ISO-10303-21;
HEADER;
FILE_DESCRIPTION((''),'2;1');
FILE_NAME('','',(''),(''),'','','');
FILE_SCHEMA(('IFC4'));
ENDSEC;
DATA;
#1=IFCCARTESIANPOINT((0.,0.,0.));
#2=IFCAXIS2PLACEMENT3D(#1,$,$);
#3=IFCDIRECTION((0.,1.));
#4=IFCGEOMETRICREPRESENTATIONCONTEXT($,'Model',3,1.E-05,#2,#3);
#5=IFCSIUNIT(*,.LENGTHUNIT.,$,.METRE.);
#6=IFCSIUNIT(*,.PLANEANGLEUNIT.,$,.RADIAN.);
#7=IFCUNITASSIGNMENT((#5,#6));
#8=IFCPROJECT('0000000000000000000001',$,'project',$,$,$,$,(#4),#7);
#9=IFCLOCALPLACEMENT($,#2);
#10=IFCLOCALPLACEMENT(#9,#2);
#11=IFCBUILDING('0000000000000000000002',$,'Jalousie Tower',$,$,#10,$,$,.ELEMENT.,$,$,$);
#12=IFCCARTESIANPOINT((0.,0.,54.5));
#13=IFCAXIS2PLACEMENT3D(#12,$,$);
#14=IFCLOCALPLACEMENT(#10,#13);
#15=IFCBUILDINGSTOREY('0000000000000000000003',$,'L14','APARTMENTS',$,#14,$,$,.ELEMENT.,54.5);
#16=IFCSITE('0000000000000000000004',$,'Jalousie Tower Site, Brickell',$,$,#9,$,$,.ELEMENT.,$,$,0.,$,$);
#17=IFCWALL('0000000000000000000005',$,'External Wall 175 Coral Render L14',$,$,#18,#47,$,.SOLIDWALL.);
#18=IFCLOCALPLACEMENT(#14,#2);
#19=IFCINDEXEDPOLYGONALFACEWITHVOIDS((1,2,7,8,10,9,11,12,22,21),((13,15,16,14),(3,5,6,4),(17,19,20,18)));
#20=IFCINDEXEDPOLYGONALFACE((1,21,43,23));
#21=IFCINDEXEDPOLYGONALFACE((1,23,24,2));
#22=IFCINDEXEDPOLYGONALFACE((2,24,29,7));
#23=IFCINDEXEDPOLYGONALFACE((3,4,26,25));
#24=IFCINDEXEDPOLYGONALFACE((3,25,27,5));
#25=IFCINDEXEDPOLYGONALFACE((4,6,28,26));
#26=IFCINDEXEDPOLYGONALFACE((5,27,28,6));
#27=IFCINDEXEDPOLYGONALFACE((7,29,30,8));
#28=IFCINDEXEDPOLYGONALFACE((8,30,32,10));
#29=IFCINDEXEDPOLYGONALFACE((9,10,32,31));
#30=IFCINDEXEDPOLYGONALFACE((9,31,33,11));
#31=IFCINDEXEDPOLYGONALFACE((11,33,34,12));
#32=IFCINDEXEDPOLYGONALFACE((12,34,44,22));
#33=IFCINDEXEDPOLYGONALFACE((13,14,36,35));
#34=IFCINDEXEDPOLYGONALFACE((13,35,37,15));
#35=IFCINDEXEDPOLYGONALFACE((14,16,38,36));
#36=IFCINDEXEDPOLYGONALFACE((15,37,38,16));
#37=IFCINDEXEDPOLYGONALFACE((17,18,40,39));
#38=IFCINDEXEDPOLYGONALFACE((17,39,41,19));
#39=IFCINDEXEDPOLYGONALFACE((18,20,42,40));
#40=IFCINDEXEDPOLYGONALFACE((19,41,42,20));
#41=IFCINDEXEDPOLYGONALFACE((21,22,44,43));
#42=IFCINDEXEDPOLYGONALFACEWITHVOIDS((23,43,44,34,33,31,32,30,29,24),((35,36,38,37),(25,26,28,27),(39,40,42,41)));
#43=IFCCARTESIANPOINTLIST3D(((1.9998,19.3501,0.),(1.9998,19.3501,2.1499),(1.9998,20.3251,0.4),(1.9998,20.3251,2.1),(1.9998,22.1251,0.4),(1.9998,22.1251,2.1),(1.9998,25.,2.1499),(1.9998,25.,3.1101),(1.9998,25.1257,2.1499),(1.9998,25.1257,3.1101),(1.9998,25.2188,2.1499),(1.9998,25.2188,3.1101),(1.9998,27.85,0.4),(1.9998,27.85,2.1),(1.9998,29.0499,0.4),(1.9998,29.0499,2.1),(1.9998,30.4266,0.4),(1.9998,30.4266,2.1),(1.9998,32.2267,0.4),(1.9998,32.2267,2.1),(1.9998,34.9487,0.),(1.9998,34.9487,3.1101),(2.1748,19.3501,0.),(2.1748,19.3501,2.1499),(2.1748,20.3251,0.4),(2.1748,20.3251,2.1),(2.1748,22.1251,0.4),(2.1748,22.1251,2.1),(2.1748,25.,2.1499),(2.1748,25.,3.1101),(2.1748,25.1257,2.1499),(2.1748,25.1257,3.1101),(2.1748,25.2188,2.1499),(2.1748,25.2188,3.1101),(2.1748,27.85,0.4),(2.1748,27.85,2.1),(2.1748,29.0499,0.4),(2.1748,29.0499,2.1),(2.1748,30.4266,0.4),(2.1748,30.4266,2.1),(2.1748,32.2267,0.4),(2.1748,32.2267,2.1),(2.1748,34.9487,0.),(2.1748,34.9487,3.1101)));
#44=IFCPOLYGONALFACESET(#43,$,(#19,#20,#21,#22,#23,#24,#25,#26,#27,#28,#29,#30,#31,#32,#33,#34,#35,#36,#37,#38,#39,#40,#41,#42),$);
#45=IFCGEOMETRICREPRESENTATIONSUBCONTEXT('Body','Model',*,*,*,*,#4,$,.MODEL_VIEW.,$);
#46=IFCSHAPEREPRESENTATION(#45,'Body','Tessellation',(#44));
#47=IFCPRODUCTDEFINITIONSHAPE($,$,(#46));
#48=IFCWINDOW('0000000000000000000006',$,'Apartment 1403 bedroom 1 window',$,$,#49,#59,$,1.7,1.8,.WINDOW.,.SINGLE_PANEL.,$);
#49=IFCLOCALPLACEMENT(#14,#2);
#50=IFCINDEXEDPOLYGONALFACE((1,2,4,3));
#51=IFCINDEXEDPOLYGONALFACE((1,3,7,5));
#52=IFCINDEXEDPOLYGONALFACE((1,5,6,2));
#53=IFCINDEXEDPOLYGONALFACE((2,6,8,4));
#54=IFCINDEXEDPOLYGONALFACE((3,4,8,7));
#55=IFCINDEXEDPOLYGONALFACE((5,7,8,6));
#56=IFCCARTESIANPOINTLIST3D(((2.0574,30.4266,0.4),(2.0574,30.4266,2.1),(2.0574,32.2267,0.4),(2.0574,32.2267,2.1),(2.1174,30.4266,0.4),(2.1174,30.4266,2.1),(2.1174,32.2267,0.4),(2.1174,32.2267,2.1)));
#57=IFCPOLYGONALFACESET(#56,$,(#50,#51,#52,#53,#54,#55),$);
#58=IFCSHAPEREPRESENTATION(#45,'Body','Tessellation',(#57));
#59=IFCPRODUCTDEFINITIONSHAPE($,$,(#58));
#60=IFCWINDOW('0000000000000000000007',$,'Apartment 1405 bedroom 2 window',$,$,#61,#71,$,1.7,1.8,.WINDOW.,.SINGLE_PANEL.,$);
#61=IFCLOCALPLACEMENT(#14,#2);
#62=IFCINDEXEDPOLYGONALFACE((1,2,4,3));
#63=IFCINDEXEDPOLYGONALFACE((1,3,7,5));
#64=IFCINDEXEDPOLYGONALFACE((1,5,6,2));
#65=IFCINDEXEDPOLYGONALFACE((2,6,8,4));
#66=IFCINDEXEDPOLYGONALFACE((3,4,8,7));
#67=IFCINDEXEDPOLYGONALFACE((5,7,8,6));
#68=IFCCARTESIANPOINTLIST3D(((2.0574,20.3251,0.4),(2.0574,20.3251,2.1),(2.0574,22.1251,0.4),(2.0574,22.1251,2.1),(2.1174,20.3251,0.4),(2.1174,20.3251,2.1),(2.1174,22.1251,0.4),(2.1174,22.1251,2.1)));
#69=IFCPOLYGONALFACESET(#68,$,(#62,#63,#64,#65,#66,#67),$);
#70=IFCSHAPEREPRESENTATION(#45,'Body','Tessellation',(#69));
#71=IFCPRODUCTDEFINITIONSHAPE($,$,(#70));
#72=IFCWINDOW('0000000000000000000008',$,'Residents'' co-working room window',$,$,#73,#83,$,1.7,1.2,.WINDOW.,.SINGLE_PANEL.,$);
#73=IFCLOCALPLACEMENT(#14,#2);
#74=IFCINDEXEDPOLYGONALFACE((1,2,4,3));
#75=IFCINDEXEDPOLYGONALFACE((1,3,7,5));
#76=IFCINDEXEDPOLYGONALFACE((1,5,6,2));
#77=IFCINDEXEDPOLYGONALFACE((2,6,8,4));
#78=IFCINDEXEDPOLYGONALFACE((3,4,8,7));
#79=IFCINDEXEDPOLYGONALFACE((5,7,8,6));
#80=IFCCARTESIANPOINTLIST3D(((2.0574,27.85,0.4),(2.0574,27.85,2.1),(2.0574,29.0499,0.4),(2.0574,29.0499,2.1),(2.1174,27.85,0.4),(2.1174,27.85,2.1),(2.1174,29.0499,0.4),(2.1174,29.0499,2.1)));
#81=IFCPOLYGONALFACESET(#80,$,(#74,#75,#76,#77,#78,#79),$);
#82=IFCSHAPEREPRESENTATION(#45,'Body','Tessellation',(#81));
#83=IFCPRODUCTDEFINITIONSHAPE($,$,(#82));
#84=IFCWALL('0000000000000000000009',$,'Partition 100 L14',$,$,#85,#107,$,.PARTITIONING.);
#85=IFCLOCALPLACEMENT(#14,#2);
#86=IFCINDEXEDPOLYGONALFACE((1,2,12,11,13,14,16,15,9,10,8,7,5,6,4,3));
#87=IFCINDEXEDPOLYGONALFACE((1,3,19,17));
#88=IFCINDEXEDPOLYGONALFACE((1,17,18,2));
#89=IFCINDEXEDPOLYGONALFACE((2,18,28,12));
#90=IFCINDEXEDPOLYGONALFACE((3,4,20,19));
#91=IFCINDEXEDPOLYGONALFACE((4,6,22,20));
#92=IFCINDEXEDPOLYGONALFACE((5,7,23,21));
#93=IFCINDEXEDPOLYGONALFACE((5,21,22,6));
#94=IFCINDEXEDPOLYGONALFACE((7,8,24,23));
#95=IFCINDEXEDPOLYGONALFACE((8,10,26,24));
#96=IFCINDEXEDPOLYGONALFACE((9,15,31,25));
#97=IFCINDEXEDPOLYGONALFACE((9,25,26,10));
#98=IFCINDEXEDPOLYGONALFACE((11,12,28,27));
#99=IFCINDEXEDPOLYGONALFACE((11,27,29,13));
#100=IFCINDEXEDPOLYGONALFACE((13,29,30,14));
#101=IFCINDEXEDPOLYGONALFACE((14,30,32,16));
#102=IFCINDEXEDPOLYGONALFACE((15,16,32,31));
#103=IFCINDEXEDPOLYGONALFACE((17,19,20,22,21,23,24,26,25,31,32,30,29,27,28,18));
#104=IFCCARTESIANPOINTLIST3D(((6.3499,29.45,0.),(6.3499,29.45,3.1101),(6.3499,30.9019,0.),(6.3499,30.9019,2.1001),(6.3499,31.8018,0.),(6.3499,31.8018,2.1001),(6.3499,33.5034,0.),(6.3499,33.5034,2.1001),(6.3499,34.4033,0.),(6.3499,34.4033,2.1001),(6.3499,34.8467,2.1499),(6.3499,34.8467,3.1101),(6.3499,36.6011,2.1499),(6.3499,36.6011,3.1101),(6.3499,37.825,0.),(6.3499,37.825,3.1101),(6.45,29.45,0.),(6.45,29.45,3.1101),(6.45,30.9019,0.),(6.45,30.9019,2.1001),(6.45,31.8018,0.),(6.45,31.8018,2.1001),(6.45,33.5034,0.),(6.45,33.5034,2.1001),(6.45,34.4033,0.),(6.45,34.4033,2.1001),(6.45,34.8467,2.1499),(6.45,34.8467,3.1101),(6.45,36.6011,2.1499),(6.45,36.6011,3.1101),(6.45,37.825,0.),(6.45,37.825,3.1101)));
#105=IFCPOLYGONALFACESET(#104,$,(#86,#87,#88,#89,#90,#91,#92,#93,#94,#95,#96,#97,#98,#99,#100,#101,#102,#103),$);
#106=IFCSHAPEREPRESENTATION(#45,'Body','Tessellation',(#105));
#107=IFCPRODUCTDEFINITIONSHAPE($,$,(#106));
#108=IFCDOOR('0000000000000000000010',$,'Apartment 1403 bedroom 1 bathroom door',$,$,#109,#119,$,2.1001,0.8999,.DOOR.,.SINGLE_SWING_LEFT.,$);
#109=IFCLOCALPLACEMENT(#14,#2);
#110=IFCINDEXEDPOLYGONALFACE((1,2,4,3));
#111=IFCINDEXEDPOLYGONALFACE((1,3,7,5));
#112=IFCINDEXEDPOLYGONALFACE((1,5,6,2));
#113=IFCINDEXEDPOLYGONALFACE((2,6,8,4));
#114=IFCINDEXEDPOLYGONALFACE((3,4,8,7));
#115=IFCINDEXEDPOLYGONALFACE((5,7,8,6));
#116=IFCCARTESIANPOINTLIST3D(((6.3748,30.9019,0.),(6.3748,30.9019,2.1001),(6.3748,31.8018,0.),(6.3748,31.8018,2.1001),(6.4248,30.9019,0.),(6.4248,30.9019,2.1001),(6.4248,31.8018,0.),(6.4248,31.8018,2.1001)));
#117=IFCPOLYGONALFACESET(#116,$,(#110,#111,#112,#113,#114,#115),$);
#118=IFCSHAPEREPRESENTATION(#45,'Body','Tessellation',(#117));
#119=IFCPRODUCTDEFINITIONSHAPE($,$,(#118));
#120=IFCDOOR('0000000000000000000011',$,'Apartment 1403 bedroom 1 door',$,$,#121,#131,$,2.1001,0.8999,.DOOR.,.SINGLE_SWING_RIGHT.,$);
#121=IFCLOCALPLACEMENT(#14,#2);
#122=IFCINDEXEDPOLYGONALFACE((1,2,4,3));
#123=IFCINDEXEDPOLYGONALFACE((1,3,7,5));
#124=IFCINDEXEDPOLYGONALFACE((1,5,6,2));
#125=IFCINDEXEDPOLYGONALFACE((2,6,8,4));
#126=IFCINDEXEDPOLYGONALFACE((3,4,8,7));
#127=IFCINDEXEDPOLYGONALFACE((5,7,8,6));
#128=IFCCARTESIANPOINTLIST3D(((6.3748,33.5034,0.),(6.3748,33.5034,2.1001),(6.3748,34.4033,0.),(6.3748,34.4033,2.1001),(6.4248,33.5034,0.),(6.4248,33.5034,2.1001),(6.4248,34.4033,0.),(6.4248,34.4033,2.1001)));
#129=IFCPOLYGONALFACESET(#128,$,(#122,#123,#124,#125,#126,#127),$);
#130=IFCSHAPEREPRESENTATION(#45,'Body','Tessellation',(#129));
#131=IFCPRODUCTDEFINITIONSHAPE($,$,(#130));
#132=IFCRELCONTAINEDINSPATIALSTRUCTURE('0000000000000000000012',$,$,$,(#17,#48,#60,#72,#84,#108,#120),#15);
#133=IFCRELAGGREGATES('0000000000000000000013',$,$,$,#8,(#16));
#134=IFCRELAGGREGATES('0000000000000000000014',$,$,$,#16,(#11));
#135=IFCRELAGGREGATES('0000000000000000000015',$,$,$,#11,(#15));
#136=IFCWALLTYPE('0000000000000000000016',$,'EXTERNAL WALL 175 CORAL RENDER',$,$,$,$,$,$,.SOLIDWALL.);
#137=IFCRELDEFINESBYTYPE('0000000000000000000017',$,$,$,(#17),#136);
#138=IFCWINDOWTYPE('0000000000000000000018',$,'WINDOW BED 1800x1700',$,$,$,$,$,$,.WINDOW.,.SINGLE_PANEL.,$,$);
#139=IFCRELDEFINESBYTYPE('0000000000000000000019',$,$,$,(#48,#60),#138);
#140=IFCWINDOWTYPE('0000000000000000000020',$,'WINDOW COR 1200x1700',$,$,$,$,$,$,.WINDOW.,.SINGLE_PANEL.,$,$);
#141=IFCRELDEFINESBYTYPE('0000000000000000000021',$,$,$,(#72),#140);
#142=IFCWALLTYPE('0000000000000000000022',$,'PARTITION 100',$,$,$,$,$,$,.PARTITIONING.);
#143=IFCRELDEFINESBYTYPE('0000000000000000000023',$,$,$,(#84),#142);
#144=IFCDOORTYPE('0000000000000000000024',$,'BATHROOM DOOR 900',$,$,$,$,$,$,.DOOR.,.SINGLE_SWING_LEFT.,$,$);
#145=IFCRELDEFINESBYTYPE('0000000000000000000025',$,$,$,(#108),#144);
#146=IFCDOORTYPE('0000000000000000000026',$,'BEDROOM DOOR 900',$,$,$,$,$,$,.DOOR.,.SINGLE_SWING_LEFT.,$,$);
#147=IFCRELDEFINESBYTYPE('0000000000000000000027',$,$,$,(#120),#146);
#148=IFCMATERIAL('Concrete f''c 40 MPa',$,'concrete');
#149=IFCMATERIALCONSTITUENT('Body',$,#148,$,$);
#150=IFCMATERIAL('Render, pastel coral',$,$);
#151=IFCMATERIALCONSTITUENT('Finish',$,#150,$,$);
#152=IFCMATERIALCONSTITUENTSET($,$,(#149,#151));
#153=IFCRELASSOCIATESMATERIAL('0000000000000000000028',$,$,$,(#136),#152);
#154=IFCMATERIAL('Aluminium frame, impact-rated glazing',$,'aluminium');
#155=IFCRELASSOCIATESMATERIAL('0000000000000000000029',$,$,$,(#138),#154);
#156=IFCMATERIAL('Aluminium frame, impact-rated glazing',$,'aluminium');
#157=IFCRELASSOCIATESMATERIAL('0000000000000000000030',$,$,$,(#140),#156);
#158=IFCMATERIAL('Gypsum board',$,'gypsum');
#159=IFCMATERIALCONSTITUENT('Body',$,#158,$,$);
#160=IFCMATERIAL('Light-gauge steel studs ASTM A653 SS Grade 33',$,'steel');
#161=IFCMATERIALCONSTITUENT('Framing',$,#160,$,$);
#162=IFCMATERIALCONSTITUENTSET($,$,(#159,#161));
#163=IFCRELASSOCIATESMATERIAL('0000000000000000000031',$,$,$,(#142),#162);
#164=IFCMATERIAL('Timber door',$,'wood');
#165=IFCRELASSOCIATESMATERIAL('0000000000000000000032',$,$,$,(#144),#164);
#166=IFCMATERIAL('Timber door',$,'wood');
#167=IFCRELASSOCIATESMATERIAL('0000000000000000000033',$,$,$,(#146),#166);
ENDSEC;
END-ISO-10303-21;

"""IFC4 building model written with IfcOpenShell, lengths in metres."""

from ifc_helpers import new_model, si_unit, direction, frame, frame_2d, origin, place, context, subcontext, project, spatial, polyline, rectangle, outline, extrude, material, constituent, constituent_set, type_object, element, fill, save


model = new_model("IFC4")

# Units and contexts
model_context = context("Model", 3, precision=1e-05, world=origin(), true_north=direction((0.0, 1.0)))
body_context = subcontext(model_context, "Body", "Model", "MODEL_VIEW")
ifc_project = project(units=[si_unit("LENGTHUNIT", "METRE"), si_unit("PLANEANGLEUNIT", "RADIAN")], contexts=[model_context])

# Site, building, storey
site_placement = place(None, origin())
site = spatial("IfcSite", under=ifc_project, at=site_placement, Name="Jalousie Tower Site, Brickell", CompositionType="ELEMENT", RefElevation=0.0)
building_placement = place(site_placement, origin())
building = spatial("IfcBuilding", under=site, at=building_placement, Name="Jalousie Tower", CompositionType="ELEMENT")
storey_placement = place(building_placement, frame((0.0, 0.0, 54.5)))
storey = spatial("IfcBuildingStorey", under=building, at=storey_placement, Name="L14", Description="APARTMENTS", CompositionType="ELEMENT", Elevation=54.5)

# Wall, openings, windows
ifc_material_1 = material(Name="Concrete f'c 40 MPa", Category="concrete")
ifc_constituent_1 = constituent(ifc_material_1, Name="Body")
ifc_material_2 = material(Name="Render, pastel coral")
ifc_constituent_2 = constituent(ifc_material_2, Name="Finish")
ifc_constituent_set_1 = constituent_set(constituents=[ifc_constituent_1, ifc_constituent_2])
wall_type_1 = type_object("IfcWallType", Name="EXTERNAL WALL 175 CORAL RENDER", PredefinedType="SOLIDWALL", material=ifc_constituent_set_1)
wall_1_placement = place(storey_placement, frame((2.0874, 34.9487, 0.0), z_axis=(0.0, 0.0, 1.0), x_axis=(0.0, -1.0, 0.0)))
wall_1 = element("IfcWall", 1, at=wall_1_placement, inside=storey, type_object=wall_type_1, Name="External Wall 175 Coral Render L14", PredefinedType="SOLIDWALL", context=body_context, shape_type="SweptSolid", body=[
    extrude(outline(polyline([(0.0, 0.0), (15.5986, 0.0), (15.5986, 2.1499), (9.9487, 2.1499), (9.9487, 3.1101), (9.823, 3.1101), (9.823, 2.1499), (9.73, 2.1499), (9.73, 3.1101), (0.0, 3.1101), (0.0, 0.0)])), frame((0.0, 0.0874, 0.0), z_axis=(0.0, -1.0, 0.0), x_axis=(1.0, 0.0, 0.0)), (0.0, 0.0, 1.0), 0.175),
])
opening_1_placement = place(wall_1_placement, frame((2.7222, 0.0, 0.3999)))
opening_1 = element("IfcOpeningElement", 2, at=opening_1_placement, cuts=wall_1, PredefinedType="OPENING", context=body_context, shape_type="SweptSolid", body=[
    extrude(rectangle(XDim=1.8, YDim=1.7, at=frame_2d((0.8999, 0.8501))), frame((0.0, 0.0974, 0.0), z_axis=(0.0, -1.0, 0.0), x_axis=(1.0, 0.0, 0.0)), (0.0, 0.0, 1.0), 0.1951),
])
opening_2_placement = place(wall_1_placement, frame((5.8987, 0.0, 0.3999)))
opening_2 = element("IfcOpeningElement", 3, at=opening_2_placement, cuts=wall_1, PredefinedType="OPENING", context=body_context, shape_type="SweptSolid", body=[
    extrude(rectangle(XDim=1.2, YDim=1.7, at=frame_2d((0.6001, 0.8501))), frame((0.0, 0.0974, 0.0), z_axis=(0.0, -1.0, 0.0), x_axis=(1.0, 0.0, 0.0)), (0.0, 0.0, 1.0), 0.1951),
])
opening_3_placement = place(wall_1_placement, frame((12.8237, 0.0, 0.3999)))
opening_3 = element("IfcOpeningElement", 4, at=opening_3_placement, cuts=wall_1, PredefinedType="OPENING", context=body_context, shape_type="SweptSolid", body=[
    extrude(rectangle(XDim=1.8, YDim=1.7, at=frame_2d((0.8999, 0.8501))), frame((0.0, 0.0974, 0.0), z_axis=(0.0, -1.0, 0.0), x_axis=(1.0, 0.0, 0.0)), (0.0, 0.0, 1.0), 0.1951),
])
ifc_material_3 = material(Name="Aluminium frame, impact-rated glazing", Category="aluminium")
window_type_1 = type_object("IfcWindowType", Name="WINDOW BED 1800x1700", PartitioningType="SINGLE_PANEL", PredefinedType="WINDOW", material=ifc_material_3)
window_1_placement = place(opening_1_placement, origin())
window_1 = element("IfcWindow", 5, at=window_1_placement, inside=storey, type_object=window_type_1, Name="Apartment 1403 bedroom 1 window", OverallHeight=1.7, OverallWidth=1.8, PartitioningType="SINGLE_PANEL", PredefinedType="WINDOW", context=body_context, shape_type="SweptSolid", body=[
    extrude(rectangle(XDim=1.8, YDim=1.7, at=frame_2d((0.8999, 0.8501))), frame((0.0, 0.03, 0.0), z_axis=(0.0, -1.0, 0.0), x_axis=(1.0, 0.0, 0.0)), (0.0, 0.0, 1.0), 0.0601),
])
fill(opening_1, window_1)
window_2_placement = place(opening_3_placement, origin())
window_2 = element("IfcWindow", 6, at=window_2_placement, inside=storey, type_object=window_type_1, Name="Apartment 1405 bedroom 2 window", OverallHeight=1.7, OverallWidth=1.8, PartitioningType="SINGLE_PANEL", PredefinedType="WINDOW", context=body_context, shape_type="SweptSolid", body=[
    extrude(rectangle(XDim=1.8, YDim=1.7, at=frame_2d((0.8999, 0.8501))), frame((0.0, 0.03, 0.0), z_axis=(0.0, -1.0, 0.0), x_axis=(1.0, 0.0, 0.0)), (0.0, 0.0, 1.0), 0.0601),
])
fill(opening_3, window_2)
ifc_material_4 = material(Name="Aluminium frame, impact-rated glazing", Category="aluminium")
window_type_2 = type_object("IfcWindowType", Name="WINDOW COR 1200x1700", PartitioningType="SINGLE_PANEL", PredefinedType="WINDOW", material=ifc_material_4)
window_3_placement = place(opening_2_placement, origin())
window_3 = element("IfcWindow", 7, at=window_3_placement, inside=storey, type_object=window_type_2, Name="Residents' co-working room window", OverallHeight=1.7, OverallWidth=1.2, PartitioningType="SINGLE_PANEL", PredefinedType="WINDOW", context=body_context, shape_type="SweptSolid", body=[
    extrude(rectangle(XDim=1.2, YDim=1.7, at=frame_2d((0.6001, 0.8501))), frame((0.0, 0.03, 0.0), z_axis=(0.0, -1.0, 0.0), x_axis=(1.0, 0.0, 0.0)), (0.0, 0.0, 1.0), 0.0601),
])
fill(opening_2, window_3)

# Wall, openings, doors
ifc_material_5 = material(Name="Gypsum board", Category="gypsum")
ifc_constituent_3 = constituent(ifc_material_5, Name="Body")
ifc_material_6 = material(Name="Light-gauge steel studs ASTM A653 SS Grade 33", Category="steel")
ifc_constituent_4 = constituent(ifc_material_6, Name="Framing")
ifc_constituent_set_2 = constituent_set(constituents=[ifc_constituent_3, ifc_constituent_4])
wall_type_2 = type_object("IfcWallType", Name="PARTITION 100", PredefinedType="PARTITIONING", material=ifc_constituent_set_2)
wall_2_placement = place(storey_placement, frame((6.3999, 37.825, 0.0), z_axis=(0.0, 0.0, 1.0), x_axis=(0.0, -1.0, 0.0)))
wall_2 = element("IfcWall", 8, at=wall_2_placement, inside=storey, type_object=wall_type_2, Name="Partition 100 L14", PredefinedType="PARTITIONING", context=body_context, shape_type="SweptSolid", body=[
    extrude(outline(polyline([(0.0, 0.0), (8.375, 0.0), (8.375, 3.1101), (2.9783, 3.1101), (2.9783, 2.1499), (1.2239, 2.1499), (1.2239, 3.1101), (0.0, 3.1101), (0.0, 0.0)])), frame((0.0, 0.05, 0.0), z_axis=(0.0, -1.0, 0.0), x_axis=(1.0, 0.0, 0.0)), (0.0, 0.0, 1.0), 0.1001),
])
opening_4_placement = place(wall_2_placement, frame((3.4216, 0.0, 0.0)))
opening_4 = element("IfcOpeningElement", 9, at=opening_4_placement, cuts=wall_2, PredefinedType="OPENING", context=body_context, shape_type="SweptSolid", body=[
    extrude(rectangle(XDim=0.8999, YDim=2.1001, at=frame_2d((0.45, 1.05))), frame((0.0, 0.0601, 0.0), z_axis=(0.0, -1.0, 0.0), x_axis=(1.0, 0.0, 0.0)), (0.0, 0.0, 1.0), 0.1201),
])
opening_5_placement = place(wall_2_placement, frame((6.0232, 0.0, 0.0)))
opening_5 = element("IfcOpeningElement", 10, at=opening_5_placement, cuts=wall_2, PredefinedType="OPENING", context=body_context, shape_type="SweptSolid", body=[
    extrude(rectangle(XDim=0.8999, YDim=2.1001, at=frame_2d((0.45, 1.05))), frame((0.0, 0.0601, 0.0), z_axis=(0.0, -1.0, 0.0), x_axis=(1.0, 0.0, 0.0)), (0.0, 0.0, 1.0), 0.1201),
])
ifc_material_7 = material(Name="Timber door", Category="wood")
door_type_1 = type_object("IfcDoorType", Name="BATHROOM DOOR 900", OperationType="SINGLE_SWING_LEFT", PredefinedType="DOOR", material=ifc_material_7)
door_1_placement = place(opening_5_placement, origin())
door_1 = element("IfcDoor", 11, at=door_1_placement, inside=storey, type_object=door_type_1, Name="Apartment 1403 bedroom 1 bathroom door", OperationType="SINGLE_SWING_LEFT", OverallHeight=2.1001, OverallWidth=0.8999, PredefinedType="DOOR", context=body_context, shape_type="SweptSolid", body=[
    extrude(rectangle(XDim=0.8999, YDim=2.1001, at=frame_2d((0.45, 1.05))), frame((0.0, 0.0249, 0.0), z_axis=(0.0, -1.0, 0.0), x_axis=(1.0, 0.0, 0.0)), (0.0, 0.0, 1.0), 0.05),
])
fill(opening_5, door_1)
ifc_material_8 = material(Name="Timber door", Category="wood")
door_type_2 = type_object("IfcDoorType", Name="BEDROOM DOOR 900", OperationType="SINGLE_SWING_LEFT", PredefinedType="DOOR", material=ifc_material_8)
door_2_placement = place(opening_4_placement, origin())
door_2 = element("IfcDoor", 12, at=door_2_placement, inside=storey, type_object=door_type_2, Name="Apartment 1403 bedroom 1 door", OperationType="SINGLE_SWING_RIGHT", OverallHeight=2.1001, OverallWidth=0.8999, PredefinedType="DOOR", context=body_context, shape_type="SweptSolid", body=[
    extrude(rectangle(XDim=0.8999, YDim=2.1001, at=frame_2d((0.45, 1.05))), frame((0.0, 0.0249, 0.0), z_axis=(0.0, -1.0, 0.0), x_axis=(1.0, 0.0, 0.0)), (0.0, 0.0, 1.0), 0.05),
])
fill(opening_4, door_2)

save(model, "model.ifc")
